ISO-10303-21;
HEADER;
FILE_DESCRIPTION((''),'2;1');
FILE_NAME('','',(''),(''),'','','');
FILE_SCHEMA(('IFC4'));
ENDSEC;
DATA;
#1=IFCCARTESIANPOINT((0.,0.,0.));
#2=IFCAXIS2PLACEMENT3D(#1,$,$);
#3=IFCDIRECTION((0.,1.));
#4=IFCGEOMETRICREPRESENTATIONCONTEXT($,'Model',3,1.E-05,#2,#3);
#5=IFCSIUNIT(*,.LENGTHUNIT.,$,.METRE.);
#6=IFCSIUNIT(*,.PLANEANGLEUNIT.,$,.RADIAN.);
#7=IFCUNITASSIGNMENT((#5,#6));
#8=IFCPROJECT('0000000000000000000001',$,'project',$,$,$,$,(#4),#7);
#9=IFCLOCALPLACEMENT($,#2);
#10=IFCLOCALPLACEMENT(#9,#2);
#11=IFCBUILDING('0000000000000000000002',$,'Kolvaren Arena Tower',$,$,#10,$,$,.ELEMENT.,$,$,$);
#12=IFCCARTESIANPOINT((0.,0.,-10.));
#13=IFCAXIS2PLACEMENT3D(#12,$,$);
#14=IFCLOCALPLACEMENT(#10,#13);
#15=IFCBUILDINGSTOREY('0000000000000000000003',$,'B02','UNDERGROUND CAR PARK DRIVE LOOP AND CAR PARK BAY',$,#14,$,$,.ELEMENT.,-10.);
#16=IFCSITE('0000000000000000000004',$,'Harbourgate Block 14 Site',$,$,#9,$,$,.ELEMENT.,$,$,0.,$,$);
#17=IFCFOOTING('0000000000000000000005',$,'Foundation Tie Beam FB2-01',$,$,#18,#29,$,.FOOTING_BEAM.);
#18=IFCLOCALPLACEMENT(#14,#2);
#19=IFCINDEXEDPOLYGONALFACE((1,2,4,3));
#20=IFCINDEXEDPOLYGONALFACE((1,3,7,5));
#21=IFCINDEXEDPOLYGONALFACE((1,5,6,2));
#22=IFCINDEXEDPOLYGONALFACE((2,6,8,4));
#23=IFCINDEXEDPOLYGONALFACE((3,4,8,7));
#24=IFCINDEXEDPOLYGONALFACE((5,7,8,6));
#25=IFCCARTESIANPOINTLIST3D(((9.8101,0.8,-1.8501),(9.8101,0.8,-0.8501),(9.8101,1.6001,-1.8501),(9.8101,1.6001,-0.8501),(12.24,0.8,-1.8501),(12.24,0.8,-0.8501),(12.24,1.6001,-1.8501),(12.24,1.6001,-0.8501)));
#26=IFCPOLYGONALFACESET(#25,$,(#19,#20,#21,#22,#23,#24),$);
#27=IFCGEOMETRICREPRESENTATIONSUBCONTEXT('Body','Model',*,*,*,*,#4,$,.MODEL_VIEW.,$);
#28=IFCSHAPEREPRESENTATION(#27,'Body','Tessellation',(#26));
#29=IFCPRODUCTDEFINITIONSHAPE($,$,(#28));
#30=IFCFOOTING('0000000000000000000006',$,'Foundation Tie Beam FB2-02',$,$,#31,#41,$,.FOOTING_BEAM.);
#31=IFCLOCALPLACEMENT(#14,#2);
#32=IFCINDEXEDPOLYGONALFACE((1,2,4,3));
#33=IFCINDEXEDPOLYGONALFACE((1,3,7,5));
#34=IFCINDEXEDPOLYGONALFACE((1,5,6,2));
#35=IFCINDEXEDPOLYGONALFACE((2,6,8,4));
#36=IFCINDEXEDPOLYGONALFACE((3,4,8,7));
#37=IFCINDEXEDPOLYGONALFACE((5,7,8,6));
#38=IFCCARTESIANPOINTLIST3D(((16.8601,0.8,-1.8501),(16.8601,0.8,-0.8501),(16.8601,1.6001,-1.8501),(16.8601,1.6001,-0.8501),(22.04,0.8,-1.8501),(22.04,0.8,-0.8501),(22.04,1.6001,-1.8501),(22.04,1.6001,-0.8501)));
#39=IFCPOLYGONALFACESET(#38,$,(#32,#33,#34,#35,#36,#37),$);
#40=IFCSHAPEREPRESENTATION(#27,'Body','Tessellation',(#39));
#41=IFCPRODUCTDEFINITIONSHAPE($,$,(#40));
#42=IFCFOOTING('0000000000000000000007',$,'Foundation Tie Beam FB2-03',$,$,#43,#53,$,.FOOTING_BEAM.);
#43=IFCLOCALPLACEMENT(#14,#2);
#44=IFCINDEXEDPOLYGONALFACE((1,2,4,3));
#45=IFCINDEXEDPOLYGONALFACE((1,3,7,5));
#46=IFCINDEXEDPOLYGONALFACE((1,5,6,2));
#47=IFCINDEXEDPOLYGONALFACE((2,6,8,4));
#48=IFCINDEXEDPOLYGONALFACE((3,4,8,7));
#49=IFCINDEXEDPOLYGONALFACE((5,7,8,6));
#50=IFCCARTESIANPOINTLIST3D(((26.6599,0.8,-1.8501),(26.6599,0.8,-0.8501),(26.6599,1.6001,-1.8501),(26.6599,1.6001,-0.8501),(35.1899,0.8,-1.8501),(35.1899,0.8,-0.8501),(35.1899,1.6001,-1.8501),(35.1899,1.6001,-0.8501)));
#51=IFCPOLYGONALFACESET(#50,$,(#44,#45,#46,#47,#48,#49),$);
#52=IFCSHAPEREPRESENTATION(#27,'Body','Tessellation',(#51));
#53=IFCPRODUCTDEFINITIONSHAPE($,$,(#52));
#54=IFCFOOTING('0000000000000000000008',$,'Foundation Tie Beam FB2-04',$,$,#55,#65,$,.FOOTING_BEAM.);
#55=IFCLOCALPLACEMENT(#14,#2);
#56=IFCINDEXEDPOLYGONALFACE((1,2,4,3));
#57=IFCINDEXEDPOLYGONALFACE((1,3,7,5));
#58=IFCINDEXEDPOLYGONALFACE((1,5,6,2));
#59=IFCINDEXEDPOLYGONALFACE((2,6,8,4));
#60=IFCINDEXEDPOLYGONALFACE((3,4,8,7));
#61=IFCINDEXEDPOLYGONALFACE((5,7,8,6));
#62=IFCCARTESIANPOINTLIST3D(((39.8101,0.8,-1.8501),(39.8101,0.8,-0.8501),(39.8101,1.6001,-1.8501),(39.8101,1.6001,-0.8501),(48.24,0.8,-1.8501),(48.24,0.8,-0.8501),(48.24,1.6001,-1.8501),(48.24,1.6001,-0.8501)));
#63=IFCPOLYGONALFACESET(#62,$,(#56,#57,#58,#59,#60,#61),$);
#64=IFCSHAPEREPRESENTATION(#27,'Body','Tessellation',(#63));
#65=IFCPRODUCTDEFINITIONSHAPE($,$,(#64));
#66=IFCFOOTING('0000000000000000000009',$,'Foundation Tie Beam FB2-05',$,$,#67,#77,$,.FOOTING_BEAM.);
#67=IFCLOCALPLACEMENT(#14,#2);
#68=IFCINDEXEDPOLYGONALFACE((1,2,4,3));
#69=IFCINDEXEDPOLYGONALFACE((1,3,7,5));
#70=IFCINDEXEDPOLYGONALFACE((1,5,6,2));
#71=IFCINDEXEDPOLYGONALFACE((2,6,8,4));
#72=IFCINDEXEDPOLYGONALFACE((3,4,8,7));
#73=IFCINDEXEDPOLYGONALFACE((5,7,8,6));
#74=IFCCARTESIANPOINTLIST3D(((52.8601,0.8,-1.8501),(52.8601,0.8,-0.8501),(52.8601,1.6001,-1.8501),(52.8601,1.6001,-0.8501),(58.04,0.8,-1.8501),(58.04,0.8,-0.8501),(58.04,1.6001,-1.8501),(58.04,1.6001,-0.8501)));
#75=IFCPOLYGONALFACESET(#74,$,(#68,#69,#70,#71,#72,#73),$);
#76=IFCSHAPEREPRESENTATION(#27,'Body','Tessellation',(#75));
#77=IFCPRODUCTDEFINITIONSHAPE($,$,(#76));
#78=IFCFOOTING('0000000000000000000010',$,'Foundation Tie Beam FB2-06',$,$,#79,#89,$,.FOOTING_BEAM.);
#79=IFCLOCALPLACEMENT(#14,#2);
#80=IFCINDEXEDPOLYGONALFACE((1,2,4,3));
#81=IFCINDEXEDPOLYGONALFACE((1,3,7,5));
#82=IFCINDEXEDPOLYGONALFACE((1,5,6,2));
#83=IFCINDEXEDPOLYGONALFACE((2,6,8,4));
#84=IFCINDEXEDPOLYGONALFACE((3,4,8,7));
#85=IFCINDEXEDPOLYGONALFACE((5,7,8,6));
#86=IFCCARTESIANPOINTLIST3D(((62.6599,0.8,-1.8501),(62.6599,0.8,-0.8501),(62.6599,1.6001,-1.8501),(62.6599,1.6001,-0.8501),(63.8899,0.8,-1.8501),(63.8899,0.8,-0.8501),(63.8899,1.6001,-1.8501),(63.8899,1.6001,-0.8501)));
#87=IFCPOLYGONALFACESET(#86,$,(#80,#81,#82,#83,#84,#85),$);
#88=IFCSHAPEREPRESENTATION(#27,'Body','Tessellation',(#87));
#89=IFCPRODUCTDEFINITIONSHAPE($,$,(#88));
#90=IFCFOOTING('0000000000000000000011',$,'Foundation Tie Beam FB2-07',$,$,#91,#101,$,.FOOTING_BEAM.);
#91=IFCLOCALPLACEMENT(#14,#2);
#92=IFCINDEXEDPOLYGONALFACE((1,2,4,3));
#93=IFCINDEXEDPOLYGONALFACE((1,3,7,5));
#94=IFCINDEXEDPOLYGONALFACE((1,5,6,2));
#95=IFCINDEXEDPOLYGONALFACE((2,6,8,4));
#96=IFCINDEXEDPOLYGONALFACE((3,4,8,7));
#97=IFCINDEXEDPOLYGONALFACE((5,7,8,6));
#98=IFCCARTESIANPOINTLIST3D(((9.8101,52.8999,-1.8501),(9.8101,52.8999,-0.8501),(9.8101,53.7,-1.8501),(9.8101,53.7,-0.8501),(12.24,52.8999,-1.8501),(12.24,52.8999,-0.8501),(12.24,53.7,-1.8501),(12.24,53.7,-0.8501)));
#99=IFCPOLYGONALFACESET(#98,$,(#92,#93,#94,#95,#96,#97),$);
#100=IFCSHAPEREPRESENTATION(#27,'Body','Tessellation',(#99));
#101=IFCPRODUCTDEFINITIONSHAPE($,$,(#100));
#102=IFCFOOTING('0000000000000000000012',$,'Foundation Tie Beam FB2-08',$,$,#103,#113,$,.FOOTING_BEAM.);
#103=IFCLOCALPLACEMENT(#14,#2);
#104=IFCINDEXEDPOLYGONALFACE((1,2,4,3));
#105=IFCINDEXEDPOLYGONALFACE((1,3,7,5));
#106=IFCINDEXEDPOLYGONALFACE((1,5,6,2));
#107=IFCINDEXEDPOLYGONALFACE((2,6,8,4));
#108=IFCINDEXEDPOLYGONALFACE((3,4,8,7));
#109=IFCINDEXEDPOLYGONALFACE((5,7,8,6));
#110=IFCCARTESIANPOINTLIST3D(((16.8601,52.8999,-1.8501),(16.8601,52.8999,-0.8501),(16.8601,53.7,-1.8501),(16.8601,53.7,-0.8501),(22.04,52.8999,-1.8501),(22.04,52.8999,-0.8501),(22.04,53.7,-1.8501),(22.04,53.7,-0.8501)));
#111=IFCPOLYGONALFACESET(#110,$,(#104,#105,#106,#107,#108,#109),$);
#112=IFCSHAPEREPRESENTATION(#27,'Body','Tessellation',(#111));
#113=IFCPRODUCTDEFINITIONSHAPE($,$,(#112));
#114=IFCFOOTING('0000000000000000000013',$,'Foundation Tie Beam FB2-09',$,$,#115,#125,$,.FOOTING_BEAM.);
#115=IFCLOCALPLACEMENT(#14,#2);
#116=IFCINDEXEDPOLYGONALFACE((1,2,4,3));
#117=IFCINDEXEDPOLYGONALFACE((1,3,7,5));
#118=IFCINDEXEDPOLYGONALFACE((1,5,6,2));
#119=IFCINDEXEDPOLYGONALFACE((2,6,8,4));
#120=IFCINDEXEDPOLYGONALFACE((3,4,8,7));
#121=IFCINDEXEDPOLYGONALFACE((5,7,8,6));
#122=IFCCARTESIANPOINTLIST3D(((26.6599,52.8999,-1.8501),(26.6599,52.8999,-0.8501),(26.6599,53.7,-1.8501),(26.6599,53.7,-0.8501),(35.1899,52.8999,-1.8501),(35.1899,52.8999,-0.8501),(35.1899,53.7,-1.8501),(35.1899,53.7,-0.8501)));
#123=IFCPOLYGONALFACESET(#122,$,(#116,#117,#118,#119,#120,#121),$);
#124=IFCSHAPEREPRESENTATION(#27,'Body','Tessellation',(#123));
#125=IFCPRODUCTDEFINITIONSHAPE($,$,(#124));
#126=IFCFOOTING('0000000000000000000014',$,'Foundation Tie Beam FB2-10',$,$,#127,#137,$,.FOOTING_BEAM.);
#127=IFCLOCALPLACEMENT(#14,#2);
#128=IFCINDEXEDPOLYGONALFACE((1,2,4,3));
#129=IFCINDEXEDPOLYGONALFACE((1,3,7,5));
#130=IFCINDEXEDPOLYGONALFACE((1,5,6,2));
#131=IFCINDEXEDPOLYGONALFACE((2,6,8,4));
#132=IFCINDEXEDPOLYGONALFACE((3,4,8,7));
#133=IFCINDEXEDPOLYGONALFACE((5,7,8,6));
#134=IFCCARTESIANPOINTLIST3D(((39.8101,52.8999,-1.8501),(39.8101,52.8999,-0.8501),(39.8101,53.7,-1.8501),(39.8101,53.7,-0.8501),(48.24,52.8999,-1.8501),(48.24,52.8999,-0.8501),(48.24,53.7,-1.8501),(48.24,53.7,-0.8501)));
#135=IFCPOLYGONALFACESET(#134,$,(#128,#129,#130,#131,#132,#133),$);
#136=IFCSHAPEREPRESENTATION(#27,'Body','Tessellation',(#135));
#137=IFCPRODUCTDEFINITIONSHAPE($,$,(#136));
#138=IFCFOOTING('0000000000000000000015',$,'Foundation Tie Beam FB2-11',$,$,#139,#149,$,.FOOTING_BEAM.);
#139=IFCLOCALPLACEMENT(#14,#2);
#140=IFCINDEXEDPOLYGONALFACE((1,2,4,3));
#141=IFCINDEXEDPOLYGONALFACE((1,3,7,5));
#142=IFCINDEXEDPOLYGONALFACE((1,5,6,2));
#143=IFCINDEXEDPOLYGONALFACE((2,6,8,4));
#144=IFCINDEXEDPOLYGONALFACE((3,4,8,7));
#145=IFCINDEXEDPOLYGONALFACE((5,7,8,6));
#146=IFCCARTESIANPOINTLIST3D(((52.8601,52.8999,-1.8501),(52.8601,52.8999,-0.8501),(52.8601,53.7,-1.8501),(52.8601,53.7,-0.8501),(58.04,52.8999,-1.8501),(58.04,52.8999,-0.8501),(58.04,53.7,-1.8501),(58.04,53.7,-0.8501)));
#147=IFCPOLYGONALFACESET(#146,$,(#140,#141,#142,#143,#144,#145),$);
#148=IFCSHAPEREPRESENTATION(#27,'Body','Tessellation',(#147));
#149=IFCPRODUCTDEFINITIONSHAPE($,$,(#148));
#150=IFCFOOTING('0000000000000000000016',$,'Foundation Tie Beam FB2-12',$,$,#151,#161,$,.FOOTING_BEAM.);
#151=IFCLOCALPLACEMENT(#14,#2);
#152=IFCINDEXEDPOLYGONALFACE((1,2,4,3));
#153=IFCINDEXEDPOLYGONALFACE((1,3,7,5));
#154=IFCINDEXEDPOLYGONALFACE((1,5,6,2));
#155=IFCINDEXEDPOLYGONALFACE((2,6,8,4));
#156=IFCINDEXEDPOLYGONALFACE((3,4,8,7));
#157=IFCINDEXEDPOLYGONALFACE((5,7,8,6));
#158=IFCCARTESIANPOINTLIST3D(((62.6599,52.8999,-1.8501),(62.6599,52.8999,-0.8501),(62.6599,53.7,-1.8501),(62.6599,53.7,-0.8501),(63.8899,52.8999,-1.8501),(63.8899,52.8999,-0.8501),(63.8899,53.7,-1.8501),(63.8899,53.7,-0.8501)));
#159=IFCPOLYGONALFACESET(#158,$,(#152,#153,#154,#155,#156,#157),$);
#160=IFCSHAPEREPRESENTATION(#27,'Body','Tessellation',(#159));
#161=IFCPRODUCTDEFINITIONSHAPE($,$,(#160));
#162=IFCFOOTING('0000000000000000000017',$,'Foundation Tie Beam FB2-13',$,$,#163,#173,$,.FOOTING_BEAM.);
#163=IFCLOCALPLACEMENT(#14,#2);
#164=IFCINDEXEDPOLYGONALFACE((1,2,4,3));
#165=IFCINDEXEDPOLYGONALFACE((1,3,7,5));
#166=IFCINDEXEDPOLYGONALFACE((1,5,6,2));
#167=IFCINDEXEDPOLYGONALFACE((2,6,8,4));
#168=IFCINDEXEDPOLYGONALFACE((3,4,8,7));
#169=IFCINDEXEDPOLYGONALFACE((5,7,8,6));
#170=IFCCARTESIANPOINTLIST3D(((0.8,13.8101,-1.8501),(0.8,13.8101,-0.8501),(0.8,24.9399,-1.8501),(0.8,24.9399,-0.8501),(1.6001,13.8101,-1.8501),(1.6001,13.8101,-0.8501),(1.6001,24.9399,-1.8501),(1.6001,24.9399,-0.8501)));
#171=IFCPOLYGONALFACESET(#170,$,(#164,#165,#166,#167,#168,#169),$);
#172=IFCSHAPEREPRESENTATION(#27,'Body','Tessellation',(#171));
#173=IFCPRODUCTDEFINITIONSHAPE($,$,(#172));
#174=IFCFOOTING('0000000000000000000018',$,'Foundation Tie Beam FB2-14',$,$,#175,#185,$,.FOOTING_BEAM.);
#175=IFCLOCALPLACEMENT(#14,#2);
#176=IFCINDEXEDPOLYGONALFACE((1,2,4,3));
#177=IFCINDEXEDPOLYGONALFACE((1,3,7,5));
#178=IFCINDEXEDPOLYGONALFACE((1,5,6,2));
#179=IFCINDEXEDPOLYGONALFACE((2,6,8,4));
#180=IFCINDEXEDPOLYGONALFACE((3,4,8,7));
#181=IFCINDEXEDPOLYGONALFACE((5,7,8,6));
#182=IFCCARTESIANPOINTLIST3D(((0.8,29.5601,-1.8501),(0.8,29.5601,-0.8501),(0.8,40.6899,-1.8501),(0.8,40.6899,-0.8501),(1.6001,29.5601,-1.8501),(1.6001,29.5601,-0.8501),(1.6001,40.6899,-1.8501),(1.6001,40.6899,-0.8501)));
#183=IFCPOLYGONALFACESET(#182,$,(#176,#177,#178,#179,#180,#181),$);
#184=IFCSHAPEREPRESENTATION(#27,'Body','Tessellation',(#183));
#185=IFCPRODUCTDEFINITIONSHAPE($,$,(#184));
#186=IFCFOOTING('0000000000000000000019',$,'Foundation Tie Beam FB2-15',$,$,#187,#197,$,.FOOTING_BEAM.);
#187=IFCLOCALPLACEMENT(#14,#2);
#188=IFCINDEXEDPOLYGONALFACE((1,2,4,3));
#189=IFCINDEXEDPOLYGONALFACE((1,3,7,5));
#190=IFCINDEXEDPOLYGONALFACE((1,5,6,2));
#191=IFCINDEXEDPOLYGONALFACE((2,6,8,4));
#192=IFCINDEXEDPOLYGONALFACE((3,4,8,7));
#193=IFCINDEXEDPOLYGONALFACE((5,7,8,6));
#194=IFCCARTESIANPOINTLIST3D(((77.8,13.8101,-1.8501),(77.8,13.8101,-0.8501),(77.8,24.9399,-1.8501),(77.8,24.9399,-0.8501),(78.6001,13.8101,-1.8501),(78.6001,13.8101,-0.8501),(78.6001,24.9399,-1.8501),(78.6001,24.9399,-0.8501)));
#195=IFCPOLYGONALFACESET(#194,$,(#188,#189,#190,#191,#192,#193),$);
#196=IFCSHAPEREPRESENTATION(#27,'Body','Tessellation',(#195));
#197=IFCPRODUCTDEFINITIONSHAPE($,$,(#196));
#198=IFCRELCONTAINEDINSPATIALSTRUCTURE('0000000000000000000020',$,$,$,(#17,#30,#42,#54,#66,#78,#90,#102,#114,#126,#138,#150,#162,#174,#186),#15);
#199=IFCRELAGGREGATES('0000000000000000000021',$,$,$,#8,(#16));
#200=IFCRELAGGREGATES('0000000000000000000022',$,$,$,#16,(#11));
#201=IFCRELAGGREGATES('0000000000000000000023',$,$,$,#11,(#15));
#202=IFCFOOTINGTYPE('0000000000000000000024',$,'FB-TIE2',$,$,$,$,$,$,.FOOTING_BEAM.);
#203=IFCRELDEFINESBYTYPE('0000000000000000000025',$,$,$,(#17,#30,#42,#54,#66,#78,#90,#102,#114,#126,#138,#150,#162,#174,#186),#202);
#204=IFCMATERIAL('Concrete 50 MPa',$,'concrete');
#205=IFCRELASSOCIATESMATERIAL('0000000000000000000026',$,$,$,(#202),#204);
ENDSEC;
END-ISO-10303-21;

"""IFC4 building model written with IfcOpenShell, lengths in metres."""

from ifc_helpers import new_model, si_unit, direction, frame, origin, place, context, subcontext, project, spatial, polyline, outline, extrude, material, type_object, element, save


model = new_model("IFC4")

# Units and contexts
model_context = context("Model", 3, precision=1e-05, world=origin(), true_north=direction((0.0, 1.0)))
body_context = subcontext(model_context, "Body", "Model", "MODEL_VIEW")
ifc_project = project(units=[si_unit("LENGTHUNIT", "METRE"), si_unit("PLANEANGLEUNIT", "RADIAN")], contexts=[model_context])

# Site, building, storey
site_placement = place(None, origin())
site = spatial("IfcSite", under=ifc_project, at=site_placement, Name="Harbourgate Block 14 Site", CompositionType="ELEMENT", RefElevation=0.0)
building_placement = place(site_placement, origin())
building = spatial("IfcBuilding", under=site, at=building_placement, Name="Kolvaren Arena Tower", CompositionType="ELEMENT")
storey_placement = place(building_placement, frame((0.0, 0.0, -10.0)))
storey = spatial("IfcBuildingStorey", under=building, at=storey_placement, Name="B02", Description="UNDERGROUND CAR PARK DRIVE LOOP AND CAR PARK BAY", CompositionType="ELEMENT", Elevation=-10.0)

# Footings
ifc_material_1 = material(Name="Concrete 50 MPa", Category="concrete")
footing_type_1 = type_object("IfcFootingType", Name="FB-TIE2", PredefinedType="FOOTING_BEAM", material=ifc_material_1)
footing_1_placement = place(storey_placement, frame((0.0, 0.0, -1.8501)))
element("IfcFooting", 1, at=footing_1_placement, inside=storey, type_object=footing_type_1, Name="Foundation Tie Beam FB2-01", PredefinedType="FOOTING_BEAM", context=body_context, shape_type="SweptSolid", body=[
    extrude(outline(polyline([(9.8101, 0.8), (12.24, 0.8), (12.24, 1.6001), (9.8101, 1.6001), (9.8101, 0.8)])), origin(), (0.0, 0.0, 1.0), 1.0),
])
footing_2_placement = place(storey_placement, frame((0.0, 0.0, -1.8501)))
element("IfcFooting", 2, at=footing_2_placement, inside=storey, type_object=footing_type_1, Name="Foundation Tie Beam FB2-02", PredefinedType="FOOTING_BEAM", context=body_context, shape_type="SweptSolid", body=[
    extrude(outline(polyline([(16.8601, 0.8), (22.04, 0.8), (22.04, 1.6001), (16.8601, 1.6001), (16.8601, 0.8)])), origin(), (0.0, 0.0, 1.0), 1.0),
])
footing_3_placement = place(storey_placement, frame((0.0, 0.0, -1.8501)))
element("IfcFooting", 3, at=footing_3_placement, inside=storey, type_object=footing_type_1, Name="Foundation Tie Beam FB2-03", PredefinedType="FOOTING_BEAM", context=body_context, shape_type="SweptSolid", body=[
    extrude(outline(polyline([(26.6599, 0.8), (35.1899, 0.8), (35.1899, 1.6001), (26.6599, 1.6001), (26.6599, 0.8)])), origin(), (0.0, 0.0, 1.0), 1.0),
])
footing_4_placement = place(storey_placement, frame((0.0, 0.0, -1.8501)))
element("IfcFooting", 4, at=footing_4_placement, inside=storey, type_object=footing_type_1, Name="Foundation Tie Beam FB2-04", PredefinedType="FOOTING_BEAM", context=body_context, shape_type="SweptSolid", body=[
    extrude(outline(polyline([(39.8101, 0.8), (48.24, 0.8), (48.24, 1.6001), (39.8101, 1.6001), (39.8101, 0.8)])), origin(), (0.0, 0.0, 1.0), 1.0),
])
footing_5_placement = place(storey_placement, frame((0.0, 0.0, -1.8501)))
element("IfcFooting", 5, at=footing_5_placement, inside=storey, type_object=footing_type_1, Name="Foundation Tie Beam FB2-05", PredefinedType="FOOTING_BEAM", context=body_context, shape_type="SweptSolid", body=[
    extrude(outline(polyline([(52.8601, 0.8), (58.04, 0.8), (58.04, 1.6001), (52.8601, 1.6001), (52.8601, 0.8)])), origin(), (0.0, 0.0, 1.0), 1.0),
])
footing_6_placement = place(storey_placement, frame((0.0, 0.0, -1.8501)))
element("IfcFooting", 6, at=footing_6_placement, inside=storey, type_object=footing_type_1, Name="Foundation Tie Beam FB2-06", PredefinedType="FOOTING_BEAM", context=body_context, shape_type="SweptSolid", body=[
    extrude(outline(polyline([(62.6599, 0.8), (63.8899, 0.8), (63.8899, 1.6001), (62.6599, 1.6001), (62.6599, 0.8)])), origin(), (0.0, 0.0, 1.0), 1.0),
])
footing_7_placement = place(storey_placement, frame((0.0, 0.0, -1.8501)))
element("IfcFooting", 7, at=footing_7_placement, inside=storey, type_object=footing_type_1, Name="Foundation Tie Beam FB2-07", PredefinedType="FOOTING_BEAM", context=body_context, shape_type="SweptSolid", body=[
    extrude(outline(polyline([(9.8101, 52.8999), (12.24, 52.8999), (12.24, 53.7), (9.8101, 53.7), (9.8101, 52.8999)])), origin(), (0.0, 0.0, 1.0), 1.0),
])
footing_8_placement = place(storey_placement, frame((0.0, 0.0, -1.8501)))
element("IfcFooting", 8, at=footing_8_placement, inside=storey, type_object=footing_type_1, Name="Foundation Tie Beam FB2-08", PredefinedType="FOOTING_BEAM", context=body_context, shape_type="SweptSolid", body=[
    extrude(outline(polyline([(16.8601, 52.8999), (22.04, 52.8999), (22.04, 53.7), (16.8601, 53.7), (16.8601, 52.8999)])), origin(), (0.0, 0.0, 1.0), 1.0),
])
footing_9_placement = place(storey_placement, frame((0.0, 0.0, -1.8501)))
element("IfcFooting", 9, at=footing_9_placement, inside=storey, type_object=footing_type_1, Name="Foundation Tie Beam FB2-09", PredefinedType="FOOTING_BEAM", context=body_context, shape_type="SweptSolid", body=[
    extrude(outline(polyline([(26.6599, 52.8999), (35.1899, 52.8999), (35.1899, 53.7), (26.6599, 53.7), (26.6599, 52.8999)])), origin(), (0.0, 0.0, 1.0), 1.0),
])
footing_10_placement = place(storey_placement, frame((0.0, 0.0, -1.8501)))
element("IfcFooting", 10, at=footing_10_placement, inside=storey, type_object=footing_type_1, Name="Foundation Tie Beam FB2-10", PredefinedType="FOOTING_BEAM", context=body_context, shape_type="SweptSolid", body=[
    extrude(outline(polyline([(39.8101, 52.8999), (48.24, 52.8999), (48.24, 53.7), (39.8101, 53.7), (39.8101, 52.8999)])), origin(), (0.0, 0.0, 1.0), 1.0),
])
footing_11_placement = place(storey_placement, frame((0.0, 0.0, -1.8501)))
element("IfcFooting", 11, at=footing_11_placement, inside=storey, type_object=footing_type_1, Name="Foundation Tie Beam FB2-11", PredefinedType="FOOTING_BEAM", context=body_context, shape_type="SweptSolid", body=[
    extrude(outline(polyline([(52.8601, 52.8999), (58.04, 52.8999), (58.04, 53.7), (52.8601, 53.7), (52.8601, 52.8999)])), origin(), (0.0, 0.0, 1.0), 1.0),
])
footing_12_placement = place(storey_placement, frame((0.0, 0.0, -1.8501)))
element("IfcFooting", 12, at=footing_12_placement, inside=storey, type_object=footing_type_1, Name="Foundation Tie Beam FB2-12", PredefinedType="FOOTING_BEAM", context=body_context, shape_type="SweptSolid", body=[
    extrude(outline(polyline([(62.6599, 52.8999), (63.8899, 52.8999), (63.8899, 53.7), (62.6599, 53.7), (62.6599, 52.8999)])), origin(), (0.0, 0.0, 1.0), 1.0),
])
footing_13_placement = place(storey_placement, frame((0.0, 0.0, -1.8501)))
element("IfcFooting", 13, at=footing_13_placement, inside=storey, type_object=footing_type_1, Name="Foundation Tie Beam FB2-13", PredefinedType="FOOTING_BEAM", context=body_context, shape_type="SweptSolid", body=[
    extrude(outline(polyline([(0.8, 13.8101), (1.6001, 13.8101), (1.6001, 24.9399), (0.8, 24.9399), (0.8, 13.8101)])), origin(), (0.0, 0.0, 1.0), 1.0),
])
footing_14_placement = place(storey_placement, frame((0.0, 0.0, -1.8501)))
element("IfcFooting", 14, at=footing_14_placement, inside=storey, type_object=footing_type_1, Name="Foundation Tie Beam FB2-14", PredefinedType="FOOTING_BEAM", context=body_context, shape_type="SweptSolid", body=[
    extrude(outline(polyline([(0.8, 29.5601), (1.6001, 29.5601), (1.6001, 40.6899), (0.8, 40.6899), (0.8, 29.5601)])), origin(), (0.0, 0.0, 1.0), 1.0),
])
footing_15_placement = place(storey_placement, frame((0.0, 0.0, -1.8501)))
element("IfcFooting", 15, at=footing_15_placement, inside=storey, type_object=footing_type_1, Name="Foundation Tie Beam FB2-15", PredefinedType="FOOTING_BEAM", context=body_context, shape_type="SweptSolid", body=[
    extrude(outline(polyline([(77.8, 13.8101), (78.6001, 13.8101), (78.6001, 24.9399), (77.8, 24.9399), (77.8, 13.8101)])), origin(), (0.0, 0.0, 1.0), 1.0),
])

save(model, "model.ifc")
